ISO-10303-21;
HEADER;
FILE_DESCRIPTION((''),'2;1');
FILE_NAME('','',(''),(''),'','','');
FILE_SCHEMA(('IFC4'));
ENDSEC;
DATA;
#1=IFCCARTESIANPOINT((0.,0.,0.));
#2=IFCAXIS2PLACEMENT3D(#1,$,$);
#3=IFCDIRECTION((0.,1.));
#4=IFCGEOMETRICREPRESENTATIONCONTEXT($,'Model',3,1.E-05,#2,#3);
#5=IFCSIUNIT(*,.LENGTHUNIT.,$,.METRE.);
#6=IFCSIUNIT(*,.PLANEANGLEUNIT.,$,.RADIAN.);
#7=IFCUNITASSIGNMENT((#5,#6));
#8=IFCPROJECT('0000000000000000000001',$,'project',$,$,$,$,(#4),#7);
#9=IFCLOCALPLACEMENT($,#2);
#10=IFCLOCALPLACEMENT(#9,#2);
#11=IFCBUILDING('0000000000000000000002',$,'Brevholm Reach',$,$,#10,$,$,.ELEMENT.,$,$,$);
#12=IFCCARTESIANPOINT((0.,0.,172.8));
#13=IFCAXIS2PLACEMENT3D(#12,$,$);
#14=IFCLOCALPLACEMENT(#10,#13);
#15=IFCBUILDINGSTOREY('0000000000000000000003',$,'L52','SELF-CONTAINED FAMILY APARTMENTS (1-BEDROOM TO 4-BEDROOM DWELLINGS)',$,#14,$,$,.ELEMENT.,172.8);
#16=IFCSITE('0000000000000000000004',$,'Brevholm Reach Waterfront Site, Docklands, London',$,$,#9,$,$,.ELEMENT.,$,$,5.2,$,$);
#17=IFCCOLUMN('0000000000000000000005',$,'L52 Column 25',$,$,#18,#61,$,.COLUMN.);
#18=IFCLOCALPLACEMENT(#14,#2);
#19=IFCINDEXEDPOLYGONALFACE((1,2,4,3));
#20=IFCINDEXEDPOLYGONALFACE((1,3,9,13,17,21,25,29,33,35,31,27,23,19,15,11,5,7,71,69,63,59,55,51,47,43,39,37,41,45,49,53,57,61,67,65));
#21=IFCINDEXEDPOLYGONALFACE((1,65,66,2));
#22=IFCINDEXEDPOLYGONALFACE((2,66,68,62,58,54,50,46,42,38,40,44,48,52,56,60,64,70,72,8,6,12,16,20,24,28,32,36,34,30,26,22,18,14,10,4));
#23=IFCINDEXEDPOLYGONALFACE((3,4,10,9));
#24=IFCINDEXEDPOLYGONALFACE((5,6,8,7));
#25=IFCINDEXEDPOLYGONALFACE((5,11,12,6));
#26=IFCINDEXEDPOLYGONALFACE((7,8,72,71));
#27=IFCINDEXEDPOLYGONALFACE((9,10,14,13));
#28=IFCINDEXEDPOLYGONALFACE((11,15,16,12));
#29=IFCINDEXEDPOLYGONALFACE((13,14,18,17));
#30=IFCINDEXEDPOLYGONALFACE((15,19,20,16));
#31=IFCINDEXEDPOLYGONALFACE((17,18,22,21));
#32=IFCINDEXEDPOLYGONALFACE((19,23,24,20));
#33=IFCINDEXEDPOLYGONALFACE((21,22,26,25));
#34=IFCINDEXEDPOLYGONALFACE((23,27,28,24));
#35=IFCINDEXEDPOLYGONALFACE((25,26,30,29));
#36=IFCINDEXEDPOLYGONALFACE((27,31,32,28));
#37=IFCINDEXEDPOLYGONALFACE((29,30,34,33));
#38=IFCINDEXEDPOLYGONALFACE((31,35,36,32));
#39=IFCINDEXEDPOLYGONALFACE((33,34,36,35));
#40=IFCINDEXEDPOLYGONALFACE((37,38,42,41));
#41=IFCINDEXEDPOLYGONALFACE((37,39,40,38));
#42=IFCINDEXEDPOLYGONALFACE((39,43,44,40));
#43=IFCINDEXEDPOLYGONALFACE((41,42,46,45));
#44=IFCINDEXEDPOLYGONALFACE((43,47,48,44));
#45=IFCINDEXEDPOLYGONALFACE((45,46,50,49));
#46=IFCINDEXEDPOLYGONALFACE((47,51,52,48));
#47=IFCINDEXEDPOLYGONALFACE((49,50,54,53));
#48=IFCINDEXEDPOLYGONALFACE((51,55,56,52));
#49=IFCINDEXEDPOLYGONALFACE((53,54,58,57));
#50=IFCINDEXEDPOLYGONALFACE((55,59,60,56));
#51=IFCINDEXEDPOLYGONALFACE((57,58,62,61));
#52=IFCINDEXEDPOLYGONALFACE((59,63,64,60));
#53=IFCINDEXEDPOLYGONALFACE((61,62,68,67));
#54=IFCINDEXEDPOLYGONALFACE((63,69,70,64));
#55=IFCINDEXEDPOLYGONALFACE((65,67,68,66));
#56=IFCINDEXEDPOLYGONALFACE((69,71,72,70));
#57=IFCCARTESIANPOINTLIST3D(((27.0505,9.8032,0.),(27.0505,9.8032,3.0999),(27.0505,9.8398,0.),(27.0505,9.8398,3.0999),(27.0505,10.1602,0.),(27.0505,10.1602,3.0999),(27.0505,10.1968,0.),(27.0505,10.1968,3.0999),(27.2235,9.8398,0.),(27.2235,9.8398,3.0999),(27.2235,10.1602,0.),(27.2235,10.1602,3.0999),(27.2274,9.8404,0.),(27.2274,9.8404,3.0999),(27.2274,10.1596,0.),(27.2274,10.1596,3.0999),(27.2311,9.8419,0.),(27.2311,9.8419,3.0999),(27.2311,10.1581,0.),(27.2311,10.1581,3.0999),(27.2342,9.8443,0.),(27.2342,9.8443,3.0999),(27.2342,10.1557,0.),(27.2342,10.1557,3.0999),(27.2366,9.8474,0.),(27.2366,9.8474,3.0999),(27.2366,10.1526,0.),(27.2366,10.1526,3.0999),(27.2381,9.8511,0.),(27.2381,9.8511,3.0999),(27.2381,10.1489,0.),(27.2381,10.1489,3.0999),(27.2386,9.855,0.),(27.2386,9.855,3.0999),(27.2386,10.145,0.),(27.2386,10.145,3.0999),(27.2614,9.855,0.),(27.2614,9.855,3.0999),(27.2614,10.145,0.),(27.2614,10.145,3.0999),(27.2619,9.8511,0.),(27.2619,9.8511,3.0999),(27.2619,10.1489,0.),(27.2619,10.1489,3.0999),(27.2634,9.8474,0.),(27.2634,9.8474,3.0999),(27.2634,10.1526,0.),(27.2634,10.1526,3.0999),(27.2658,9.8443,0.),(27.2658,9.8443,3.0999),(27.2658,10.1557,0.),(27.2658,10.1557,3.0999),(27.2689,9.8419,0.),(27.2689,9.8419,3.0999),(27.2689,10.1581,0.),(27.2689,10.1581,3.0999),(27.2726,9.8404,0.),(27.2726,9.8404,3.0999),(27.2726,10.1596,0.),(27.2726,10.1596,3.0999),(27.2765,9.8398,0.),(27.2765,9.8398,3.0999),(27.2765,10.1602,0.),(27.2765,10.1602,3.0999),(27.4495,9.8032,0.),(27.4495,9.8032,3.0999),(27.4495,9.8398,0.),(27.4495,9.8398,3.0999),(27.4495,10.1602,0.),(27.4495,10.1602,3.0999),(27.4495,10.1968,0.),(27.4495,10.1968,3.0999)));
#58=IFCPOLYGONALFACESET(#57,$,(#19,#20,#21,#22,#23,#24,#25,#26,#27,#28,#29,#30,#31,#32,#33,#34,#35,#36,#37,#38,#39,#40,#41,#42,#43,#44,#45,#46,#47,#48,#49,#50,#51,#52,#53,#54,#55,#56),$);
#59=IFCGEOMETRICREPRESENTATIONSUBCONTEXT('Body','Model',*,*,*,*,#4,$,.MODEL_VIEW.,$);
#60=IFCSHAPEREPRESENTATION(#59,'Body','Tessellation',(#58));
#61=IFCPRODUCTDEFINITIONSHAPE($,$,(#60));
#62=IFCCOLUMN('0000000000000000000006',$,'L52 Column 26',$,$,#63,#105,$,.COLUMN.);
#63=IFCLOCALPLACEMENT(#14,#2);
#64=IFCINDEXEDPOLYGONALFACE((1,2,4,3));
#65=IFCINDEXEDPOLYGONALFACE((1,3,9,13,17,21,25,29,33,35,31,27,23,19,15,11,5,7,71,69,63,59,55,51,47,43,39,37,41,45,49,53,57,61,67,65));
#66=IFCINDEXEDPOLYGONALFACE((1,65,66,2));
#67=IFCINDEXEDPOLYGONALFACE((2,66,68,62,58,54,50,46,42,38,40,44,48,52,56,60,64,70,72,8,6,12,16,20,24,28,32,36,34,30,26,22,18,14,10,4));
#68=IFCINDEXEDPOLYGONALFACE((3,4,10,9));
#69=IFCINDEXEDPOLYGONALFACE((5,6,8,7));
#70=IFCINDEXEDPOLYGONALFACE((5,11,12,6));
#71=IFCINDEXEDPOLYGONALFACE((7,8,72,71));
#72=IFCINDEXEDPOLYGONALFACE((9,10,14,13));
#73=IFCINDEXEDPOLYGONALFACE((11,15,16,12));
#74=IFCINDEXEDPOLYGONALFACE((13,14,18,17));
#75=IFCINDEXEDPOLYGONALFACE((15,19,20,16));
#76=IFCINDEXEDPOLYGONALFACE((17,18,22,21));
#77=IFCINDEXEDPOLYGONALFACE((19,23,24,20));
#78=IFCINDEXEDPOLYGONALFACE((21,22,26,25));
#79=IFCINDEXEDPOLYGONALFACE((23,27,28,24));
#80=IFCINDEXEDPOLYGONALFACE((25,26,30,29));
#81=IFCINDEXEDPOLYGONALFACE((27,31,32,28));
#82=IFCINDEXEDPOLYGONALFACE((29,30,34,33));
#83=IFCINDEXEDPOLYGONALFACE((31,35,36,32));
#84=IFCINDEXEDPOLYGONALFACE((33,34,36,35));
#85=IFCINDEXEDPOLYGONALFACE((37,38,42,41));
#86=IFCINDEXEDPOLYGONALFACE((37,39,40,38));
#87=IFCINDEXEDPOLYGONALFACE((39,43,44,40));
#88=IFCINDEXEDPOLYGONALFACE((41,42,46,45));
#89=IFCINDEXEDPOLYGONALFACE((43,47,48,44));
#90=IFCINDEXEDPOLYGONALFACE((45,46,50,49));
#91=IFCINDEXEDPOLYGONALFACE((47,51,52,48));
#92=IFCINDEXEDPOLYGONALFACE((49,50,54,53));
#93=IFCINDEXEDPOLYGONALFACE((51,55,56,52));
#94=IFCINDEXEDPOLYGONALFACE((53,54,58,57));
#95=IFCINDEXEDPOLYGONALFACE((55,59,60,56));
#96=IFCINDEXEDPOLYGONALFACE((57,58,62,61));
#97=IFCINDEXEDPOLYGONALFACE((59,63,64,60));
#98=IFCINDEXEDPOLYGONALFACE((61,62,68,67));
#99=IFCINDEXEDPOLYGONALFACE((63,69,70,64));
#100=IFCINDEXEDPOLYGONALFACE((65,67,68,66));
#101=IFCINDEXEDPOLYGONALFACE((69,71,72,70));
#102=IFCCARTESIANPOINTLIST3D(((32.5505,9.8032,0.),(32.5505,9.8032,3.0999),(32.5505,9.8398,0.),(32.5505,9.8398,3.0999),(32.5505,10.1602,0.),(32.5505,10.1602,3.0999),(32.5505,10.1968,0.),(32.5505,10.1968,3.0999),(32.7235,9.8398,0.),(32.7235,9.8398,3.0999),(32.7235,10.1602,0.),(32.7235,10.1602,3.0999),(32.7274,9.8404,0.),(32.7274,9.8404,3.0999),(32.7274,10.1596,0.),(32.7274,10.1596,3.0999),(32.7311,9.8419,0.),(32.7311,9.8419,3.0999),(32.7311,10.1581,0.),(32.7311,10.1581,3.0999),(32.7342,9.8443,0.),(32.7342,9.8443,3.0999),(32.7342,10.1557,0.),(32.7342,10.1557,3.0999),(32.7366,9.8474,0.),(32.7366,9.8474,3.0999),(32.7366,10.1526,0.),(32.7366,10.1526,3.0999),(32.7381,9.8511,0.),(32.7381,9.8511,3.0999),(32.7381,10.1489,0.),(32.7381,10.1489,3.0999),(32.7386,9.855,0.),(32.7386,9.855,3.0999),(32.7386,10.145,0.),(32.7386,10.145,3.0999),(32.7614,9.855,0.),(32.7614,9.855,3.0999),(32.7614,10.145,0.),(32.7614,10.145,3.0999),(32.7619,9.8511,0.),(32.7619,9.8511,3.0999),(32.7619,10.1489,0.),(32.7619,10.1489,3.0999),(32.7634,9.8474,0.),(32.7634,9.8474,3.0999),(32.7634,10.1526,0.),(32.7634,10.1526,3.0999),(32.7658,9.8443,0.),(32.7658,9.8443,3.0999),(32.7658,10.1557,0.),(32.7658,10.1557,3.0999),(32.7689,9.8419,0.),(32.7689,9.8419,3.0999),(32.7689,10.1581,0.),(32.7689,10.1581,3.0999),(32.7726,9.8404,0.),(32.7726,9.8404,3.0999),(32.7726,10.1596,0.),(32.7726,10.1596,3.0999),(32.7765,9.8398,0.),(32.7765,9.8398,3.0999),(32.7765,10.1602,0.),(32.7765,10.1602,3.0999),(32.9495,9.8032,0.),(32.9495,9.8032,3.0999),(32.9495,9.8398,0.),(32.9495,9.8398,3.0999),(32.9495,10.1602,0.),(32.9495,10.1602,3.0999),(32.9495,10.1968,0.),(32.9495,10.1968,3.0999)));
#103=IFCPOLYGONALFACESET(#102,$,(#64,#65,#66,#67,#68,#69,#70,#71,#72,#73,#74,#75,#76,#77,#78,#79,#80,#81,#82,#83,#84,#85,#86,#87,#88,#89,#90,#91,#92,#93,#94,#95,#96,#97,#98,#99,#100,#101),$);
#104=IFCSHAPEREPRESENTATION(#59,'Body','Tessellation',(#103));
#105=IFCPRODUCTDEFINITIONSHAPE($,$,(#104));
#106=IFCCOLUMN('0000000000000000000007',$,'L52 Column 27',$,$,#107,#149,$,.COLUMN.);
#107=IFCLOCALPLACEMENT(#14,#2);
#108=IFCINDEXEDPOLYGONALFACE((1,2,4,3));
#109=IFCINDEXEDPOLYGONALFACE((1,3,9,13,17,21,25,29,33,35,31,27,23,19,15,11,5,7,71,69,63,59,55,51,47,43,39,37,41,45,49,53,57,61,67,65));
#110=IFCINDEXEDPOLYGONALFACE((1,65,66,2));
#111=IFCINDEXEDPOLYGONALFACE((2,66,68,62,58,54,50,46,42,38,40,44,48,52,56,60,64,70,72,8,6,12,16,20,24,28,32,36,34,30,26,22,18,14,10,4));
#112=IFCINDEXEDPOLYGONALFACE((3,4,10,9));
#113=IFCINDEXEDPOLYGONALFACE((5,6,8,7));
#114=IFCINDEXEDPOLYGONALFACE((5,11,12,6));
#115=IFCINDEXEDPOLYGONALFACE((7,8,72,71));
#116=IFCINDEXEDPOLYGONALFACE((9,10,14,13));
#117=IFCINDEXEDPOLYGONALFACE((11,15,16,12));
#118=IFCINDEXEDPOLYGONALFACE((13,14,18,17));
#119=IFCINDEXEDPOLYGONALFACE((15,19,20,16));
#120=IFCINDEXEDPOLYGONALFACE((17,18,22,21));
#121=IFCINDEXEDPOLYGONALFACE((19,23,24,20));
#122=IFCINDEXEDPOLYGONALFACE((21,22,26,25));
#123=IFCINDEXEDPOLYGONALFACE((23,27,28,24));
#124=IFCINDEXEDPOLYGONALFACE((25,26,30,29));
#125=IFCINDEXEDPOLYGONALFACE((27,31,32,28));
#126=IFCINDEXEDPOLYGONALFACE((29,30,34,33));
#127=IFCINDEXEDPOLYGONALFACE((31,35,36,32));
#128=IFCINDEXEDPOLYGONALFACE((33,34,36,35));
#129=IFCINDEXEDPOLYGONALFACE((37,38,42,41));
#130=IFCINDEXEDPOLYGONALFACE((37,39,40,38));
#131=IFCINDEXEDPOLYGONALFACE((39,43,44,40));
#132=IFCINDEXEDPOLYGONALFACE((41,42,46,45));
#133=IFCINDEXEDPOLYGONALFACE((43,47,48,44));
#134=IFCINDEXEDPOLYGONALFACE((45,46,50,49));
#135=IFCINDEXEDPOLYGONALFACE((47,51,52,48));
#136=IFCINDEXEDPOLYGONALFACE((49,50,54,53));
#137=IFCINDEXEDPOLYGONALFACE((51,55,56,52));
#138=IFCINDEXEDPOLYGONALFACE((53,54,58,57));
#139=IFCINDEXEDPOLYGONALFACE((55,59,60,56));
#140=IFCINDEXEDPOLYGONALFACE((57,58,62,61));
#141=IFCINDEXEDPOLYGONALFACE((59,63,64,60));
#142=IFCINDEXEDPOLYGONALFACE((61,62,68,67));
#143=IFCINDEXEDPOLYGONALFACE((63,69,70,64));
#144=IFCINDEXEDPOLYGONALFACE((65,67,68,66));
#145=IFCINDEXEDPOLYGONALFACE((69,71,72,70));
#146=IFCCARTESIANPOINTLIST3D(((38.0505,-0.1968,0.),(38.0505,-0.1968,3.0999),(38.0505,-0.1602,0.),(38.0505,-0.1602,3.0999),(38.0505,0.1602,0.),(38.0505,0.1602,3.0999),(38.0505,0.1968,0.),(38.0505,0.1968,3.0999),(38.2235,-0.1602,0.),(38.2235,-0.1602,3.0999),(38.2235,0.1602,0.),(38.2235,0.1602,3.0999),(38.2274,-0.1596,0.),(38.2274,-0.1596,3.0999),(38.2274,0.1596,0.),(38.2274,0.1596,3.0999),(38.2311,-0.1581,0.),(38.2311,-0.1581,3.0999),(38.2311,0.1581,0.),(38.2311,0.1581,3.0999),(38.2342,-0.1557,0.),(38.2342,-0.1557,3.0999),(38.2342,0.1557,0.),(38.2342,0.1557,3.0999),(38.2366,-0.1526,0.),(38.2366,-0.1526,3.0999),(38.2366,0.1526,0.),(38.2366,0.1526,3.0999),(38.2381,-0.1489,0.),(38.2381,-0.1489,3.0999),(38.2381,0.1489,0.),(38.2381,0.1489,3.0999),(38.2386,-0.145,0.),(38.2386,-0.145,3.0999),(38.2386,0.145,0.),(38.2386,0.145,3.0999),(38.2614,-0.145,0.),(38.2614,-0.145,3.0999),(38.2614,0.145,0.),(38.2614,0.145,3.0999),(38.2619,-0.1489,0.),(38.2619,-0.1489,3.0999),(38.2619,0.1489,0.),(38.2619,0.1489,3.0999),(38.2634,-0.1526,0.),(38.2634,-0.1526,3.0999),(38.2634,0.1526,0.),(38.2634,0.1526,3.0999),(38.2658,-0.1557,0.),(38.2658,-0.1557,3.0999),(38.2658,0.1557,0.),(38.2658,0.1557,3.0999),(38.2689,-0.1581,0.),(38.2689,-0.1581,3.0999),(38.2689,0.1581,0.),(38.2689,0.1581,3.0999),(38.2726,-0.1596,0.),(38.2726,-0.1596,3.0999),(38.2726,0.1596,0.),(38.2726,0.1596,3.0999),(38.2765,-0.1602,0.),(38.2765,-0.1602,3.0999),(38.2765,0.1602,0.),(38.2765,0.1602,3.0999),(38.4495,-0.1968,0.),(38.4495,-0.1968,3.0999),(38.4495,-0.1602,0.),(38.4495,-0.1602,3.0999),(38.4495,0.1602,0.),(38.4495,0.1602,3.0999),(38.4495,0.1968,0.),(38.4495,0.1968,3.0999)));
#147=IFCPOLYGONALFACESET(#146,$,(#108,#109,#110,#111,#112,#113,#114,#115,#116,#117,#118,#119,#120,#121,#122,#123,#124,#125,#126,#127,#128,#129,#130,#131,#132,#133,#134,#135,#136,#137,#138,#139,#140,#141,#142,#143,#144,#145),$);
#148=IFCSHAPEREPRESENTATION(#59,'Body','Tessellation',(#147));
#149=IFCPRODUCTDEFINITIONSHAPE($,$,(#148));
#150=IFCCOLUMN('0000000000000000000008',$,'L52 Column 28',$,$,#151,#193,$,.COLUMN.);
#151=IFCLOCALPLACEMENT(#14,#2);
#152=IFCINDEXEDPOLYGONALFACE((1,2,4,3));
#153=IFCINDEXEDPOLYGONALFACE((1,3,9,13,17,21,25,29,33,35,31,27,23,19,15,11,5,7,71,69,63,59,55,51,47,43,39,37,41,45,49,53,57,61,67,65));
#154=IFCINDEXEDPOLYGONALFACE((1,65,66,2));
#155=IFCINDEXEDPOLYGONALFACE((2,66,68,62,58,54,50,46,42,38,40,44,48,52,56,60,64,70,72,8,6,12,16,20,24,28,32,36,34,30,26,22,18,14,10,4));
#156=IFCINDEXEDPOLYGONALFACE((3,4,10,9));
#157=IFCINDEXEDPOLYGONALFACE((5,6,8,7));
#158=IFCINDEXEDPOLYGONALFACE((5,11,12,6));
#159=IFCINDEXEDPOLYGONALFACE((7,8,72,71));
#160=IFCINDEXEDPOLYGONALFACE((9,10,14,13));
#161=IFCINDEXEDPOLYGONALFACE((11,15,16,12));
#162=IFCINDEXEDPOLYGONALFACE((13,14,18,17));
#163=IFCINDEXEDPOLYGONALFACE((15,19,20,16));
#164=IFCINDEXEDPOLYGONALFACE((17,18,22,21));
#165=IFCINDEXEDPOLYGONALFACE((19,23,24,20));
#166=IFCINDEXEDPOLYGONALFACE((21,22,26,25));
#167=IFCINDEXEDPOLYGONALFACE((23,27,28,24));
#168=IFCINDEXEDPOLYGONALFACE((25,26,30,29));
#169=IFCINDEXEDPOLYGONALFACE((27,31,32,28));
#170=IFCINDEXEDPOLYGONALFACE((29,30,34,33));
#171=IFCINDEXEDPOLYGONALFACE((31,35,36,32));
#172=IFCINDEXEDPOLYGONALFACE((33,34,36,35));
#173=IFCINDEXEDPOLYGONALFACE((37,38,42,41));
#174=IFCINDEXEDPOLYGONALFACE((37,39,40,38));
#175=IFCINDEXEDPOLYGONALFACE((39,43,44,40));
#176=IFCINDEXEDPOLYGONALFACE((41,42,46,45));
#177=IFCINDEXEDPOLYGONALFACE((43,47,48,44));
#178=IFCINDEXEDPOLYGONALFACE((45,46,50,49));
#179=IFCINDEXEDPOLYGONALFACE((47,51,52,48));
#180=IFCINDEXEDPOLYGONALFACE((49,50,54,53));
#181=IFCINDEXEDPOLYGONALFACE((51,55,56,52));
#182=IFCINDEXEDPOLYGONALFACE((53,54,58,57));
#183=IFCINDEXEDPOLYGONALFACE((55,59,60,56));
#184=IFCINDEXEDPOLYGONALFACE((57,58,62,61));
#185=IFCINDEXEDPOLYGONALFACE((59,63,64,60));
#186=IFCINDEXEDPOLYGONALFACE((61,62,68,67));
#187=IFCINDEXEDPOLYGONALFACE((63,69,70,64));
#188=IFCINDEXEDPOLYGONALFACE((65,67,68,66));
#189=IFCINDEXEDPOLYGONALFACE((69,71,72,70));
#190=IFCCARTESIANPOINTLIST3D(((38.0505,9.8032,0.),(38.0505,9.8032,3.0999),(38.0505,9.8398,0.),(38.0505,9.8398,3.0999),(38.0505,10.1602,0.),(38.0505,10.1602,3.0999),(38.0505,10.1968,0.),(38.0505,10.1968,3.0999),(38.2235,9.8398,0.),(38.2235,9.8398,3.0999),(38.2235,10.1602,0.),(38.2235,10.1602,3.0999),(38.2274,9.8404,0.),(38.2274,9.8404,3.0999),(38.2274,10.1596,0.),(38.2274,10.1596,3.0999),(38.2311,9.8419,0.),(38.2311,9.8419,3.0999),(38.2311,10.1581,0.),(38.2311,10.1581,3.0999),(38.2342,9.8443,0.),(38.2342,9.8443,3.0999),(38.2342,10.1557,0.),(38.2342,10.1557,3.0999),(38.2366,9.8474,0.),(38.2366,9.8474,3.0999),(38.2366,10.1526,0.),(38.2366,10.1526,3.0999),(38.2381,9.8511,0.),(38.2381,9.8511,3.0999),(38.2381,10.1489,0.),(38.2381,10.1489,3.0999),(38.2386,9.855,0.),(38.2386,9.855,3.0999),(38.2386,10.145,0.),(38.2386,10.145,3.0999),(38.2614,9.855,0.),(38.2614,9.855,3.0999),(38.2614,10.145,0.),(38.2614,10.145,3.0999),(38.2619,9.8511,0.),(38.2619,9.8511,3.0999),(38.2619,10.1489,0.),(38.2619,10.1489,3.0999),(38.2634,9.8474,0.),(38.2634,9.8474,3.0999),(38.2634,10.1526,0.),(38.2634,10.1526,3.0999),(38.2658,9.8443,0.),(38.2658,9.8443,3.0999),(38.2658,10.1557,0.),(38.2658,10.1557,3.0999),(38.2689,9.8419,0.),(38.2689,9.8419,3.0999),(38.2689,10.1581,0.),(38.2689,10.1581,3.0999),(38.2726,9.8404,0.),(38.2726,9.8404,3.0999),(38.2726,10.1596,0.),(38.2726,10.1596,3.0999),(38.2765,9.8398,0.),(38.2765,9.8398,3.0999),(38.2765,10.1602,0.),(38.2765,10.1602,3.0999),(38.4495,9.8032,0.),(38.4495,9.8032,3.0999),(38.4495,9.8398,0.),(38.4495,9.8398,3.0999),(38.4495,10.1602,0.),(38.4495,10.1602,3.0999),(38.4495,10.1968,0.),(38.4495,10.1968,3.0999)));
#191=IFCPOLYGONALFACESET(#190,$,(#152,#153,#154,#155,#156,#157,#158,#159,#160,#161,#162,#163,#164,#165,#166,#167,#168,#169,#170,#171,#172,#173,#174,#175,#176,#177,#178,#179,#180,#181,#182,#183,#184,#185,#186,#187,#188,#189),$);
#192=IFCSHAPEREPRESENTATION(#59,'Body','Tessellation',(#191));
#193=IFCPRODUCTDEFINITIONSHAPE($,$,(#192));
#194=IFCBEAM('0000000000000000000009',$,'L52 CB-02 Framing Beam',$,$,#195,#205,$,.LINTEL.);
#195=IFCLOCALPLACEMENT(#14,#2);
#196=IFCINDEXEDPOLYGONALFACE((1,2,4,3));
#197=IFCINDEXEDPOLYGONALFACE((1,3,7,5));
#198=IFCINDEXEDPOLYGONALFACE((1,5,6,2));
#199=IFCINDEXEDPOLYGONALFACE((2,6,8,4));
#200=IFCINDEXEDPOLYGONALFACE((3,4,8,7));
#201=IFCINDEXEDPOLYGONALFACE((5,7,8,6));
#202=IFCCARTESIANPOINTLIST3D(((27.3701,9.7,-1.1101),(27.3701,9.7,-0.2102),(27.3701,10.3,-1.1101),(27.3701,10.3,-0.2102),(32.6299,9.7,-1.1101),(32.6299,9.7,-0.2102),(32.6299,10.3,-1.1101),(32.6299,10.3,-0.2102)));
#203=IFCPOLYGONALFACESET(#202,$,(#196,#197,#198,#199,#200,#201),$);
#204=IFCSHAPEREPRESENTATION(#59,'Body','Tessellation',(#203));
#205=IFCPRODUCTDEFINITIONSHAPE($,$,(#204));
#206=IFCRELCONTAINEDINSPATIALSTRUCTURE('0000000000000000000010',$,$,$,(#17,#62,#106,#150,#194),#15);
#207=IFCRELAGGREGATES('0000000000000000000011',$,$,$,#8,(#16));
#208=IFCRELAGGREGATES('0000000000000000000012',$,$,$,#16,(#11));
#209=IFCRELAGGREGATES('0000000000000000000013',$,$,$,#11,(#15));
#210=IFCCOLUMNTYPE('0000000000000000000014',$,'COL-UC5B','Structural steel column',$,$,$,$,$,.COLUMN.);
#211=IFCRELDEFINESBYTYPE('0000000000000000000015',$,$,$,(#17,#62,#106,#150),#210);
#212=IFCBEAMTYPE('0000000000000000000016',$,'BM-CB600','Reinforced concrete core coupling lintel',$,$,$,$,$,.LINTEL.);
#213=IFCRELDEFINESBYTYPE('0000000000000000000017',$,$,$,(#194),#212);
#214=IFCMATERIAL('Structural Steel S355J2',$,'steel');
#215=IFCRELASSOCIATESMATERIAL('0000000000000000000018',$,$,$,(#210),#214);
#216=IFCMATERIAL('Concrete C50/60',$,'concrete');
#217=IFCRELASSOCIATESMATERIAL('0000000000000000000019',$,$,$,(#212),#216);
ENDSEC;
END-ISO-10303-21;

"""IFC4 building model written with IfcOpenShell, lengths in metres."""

from ifc_helpers import new_model, si_unit, direction, frame, origin, origin_2d, place, context, subcontext, project, spatial, rectangle, i_section, extrude, material, material_profile, profile_set, type_object, element, save


model = new_model("IFC4")

# Units and contexts
model_context = context("Model", 3, precision=1e-05, world=origin(), true_north=direction((0.0, 1.0)))
body_context = subcontext(model_context, "Body", "Model", "MODEL_VIEW")
ifc_project = project(units=[si_unit("LENGTHUNIT", "METRE"), si_unit("PLANEANGLEUNIT", "RADIAN")], contexts=[model_context])

# Site, building, storey
site_placement = place(None, origin())
site = spatial("IfcSite", under=ifc_project, at=site_placement, Name="Brevholm Reach Waterfront Site, Docklands, London", CompositionType="ELEMENT", RefElevation=5.2)
building_placement = place(site_placement, origin())
building = spatial("IfcBuilding", under=site, at=building_placement, Name="Brevholm Reach", CompositionType="ELEMENT")
storey_placement = place(building_placement, frame((0.0, 0.0, 172.8)))
storey = spatial("IfcBuildingStorey", under=building, at=storey_placement, Name="L52", Description="SELF-CONTAINED FAMILY APARTMENTS (1-BEDROOM TO 4-BEDROOM DWELLINGS)", CompositionType="ELEMENT", Elevation=172.8)

# Columns
ifc_material_1 = material(Name="Structural Steel S355J2", Category="steel")
ifc_material_profile_1 = material_profile(ifc_material_1, i_section(OverallWidth=0.3989, OverallDepth=0.3936, WebThickness=0.0227, FlangeThickness=0.0366, FilletRadius=0.0151, at=origin_2d()), Name="UKC 356x406x287")
ifc_profile_set_1 = profile_set([ifc_material_profile_1], Name="Structural Steel S355J2")
column_type = type_object("IfcColumnType", Name="COL-UC5B", Description="Structural steel column", PredefinedType="COLUMN", material=ifc_profile_set_1)
for number, where, z_axis, x_axis, name in (
    (1, (27.25, 10.0, 0.0), (0.0, 0.0, 1.0), (1.0, 0.0, 0.0), "L52 Column 25"),
    (2, (32.75, 10.0, 0.0), (0.0, 0.0, 1.0), (1.0, 0.0, 0.0), "L52 Column 26"),
    (3, (38.25, 0.0, 0.0), (0.0, 0.0, 1.0), (1.0, 0.0, 0.0), "L52 Column 27"),
    (4, (38.25, 10.0, 0.0), (0.0, 0.0, 1.0), (1.0, 0.0, 0.0), "L52 Column 28"),
):
    element("IfcColumn", number, at=place(storey_placement, frame(where, z_axis=z_axis, x_axis=x_axis)), inside=storey, type_object=column_type, Name=name, PredefinedType="COLUMN", context=body_context, shape_type="SweptSolid", body=[
        extrude(i_section(OverallWidth=0.3989, OverallDepth=0.3936, WebThickness=0.0227, FlangeThickness=0.0366, FilletRadius=0.0151, at=origin_2d()), origin(), (0.0, 0.0, 1.0), 3.0999),
    ])

# Beam
ifc_material_2 = material(Name="Concrete C50/60", Category="concrete")
ifc_material_profile_2 = material_profile(ifc_material_2, rectangle(XDim=0.6001, YDim=0.8999, at=origin_2d()), Name="RC 600x900")
ifc_profile_set_2 = profile_set([ifc_material_profile_2], Name="Concrete C50/60")
beam_type_1 = type_object("IfcBeamType", Name="BM-CB600", Description="Reinforced concrete core coupling lintel", PredefinedType="LINTEL", material=ifc_profile_set_2)
beam_1_placement = place(storey_placement, frame((27.3701, 10.0, -0.6602), z_axis=(1.0, 0.0, 0.0), x_axis=(0.0, 1.0, 0.0)))
element("IfcBeam", 5, at=beam_1_placement, inside=storey, type_object=beam_type_1, Name="L52 CB-02 Framing Beam", PredefinedType="LINTEL", context=body_context, shape_type="SweptSolid", body=[
    extrude(rectangle(XDim=0.6001, YDim=0.8999, at=origin_2d()), origin(), (0.0, 0.0, 1.0), 5.2598),
])

save(model, "model.ifc")
